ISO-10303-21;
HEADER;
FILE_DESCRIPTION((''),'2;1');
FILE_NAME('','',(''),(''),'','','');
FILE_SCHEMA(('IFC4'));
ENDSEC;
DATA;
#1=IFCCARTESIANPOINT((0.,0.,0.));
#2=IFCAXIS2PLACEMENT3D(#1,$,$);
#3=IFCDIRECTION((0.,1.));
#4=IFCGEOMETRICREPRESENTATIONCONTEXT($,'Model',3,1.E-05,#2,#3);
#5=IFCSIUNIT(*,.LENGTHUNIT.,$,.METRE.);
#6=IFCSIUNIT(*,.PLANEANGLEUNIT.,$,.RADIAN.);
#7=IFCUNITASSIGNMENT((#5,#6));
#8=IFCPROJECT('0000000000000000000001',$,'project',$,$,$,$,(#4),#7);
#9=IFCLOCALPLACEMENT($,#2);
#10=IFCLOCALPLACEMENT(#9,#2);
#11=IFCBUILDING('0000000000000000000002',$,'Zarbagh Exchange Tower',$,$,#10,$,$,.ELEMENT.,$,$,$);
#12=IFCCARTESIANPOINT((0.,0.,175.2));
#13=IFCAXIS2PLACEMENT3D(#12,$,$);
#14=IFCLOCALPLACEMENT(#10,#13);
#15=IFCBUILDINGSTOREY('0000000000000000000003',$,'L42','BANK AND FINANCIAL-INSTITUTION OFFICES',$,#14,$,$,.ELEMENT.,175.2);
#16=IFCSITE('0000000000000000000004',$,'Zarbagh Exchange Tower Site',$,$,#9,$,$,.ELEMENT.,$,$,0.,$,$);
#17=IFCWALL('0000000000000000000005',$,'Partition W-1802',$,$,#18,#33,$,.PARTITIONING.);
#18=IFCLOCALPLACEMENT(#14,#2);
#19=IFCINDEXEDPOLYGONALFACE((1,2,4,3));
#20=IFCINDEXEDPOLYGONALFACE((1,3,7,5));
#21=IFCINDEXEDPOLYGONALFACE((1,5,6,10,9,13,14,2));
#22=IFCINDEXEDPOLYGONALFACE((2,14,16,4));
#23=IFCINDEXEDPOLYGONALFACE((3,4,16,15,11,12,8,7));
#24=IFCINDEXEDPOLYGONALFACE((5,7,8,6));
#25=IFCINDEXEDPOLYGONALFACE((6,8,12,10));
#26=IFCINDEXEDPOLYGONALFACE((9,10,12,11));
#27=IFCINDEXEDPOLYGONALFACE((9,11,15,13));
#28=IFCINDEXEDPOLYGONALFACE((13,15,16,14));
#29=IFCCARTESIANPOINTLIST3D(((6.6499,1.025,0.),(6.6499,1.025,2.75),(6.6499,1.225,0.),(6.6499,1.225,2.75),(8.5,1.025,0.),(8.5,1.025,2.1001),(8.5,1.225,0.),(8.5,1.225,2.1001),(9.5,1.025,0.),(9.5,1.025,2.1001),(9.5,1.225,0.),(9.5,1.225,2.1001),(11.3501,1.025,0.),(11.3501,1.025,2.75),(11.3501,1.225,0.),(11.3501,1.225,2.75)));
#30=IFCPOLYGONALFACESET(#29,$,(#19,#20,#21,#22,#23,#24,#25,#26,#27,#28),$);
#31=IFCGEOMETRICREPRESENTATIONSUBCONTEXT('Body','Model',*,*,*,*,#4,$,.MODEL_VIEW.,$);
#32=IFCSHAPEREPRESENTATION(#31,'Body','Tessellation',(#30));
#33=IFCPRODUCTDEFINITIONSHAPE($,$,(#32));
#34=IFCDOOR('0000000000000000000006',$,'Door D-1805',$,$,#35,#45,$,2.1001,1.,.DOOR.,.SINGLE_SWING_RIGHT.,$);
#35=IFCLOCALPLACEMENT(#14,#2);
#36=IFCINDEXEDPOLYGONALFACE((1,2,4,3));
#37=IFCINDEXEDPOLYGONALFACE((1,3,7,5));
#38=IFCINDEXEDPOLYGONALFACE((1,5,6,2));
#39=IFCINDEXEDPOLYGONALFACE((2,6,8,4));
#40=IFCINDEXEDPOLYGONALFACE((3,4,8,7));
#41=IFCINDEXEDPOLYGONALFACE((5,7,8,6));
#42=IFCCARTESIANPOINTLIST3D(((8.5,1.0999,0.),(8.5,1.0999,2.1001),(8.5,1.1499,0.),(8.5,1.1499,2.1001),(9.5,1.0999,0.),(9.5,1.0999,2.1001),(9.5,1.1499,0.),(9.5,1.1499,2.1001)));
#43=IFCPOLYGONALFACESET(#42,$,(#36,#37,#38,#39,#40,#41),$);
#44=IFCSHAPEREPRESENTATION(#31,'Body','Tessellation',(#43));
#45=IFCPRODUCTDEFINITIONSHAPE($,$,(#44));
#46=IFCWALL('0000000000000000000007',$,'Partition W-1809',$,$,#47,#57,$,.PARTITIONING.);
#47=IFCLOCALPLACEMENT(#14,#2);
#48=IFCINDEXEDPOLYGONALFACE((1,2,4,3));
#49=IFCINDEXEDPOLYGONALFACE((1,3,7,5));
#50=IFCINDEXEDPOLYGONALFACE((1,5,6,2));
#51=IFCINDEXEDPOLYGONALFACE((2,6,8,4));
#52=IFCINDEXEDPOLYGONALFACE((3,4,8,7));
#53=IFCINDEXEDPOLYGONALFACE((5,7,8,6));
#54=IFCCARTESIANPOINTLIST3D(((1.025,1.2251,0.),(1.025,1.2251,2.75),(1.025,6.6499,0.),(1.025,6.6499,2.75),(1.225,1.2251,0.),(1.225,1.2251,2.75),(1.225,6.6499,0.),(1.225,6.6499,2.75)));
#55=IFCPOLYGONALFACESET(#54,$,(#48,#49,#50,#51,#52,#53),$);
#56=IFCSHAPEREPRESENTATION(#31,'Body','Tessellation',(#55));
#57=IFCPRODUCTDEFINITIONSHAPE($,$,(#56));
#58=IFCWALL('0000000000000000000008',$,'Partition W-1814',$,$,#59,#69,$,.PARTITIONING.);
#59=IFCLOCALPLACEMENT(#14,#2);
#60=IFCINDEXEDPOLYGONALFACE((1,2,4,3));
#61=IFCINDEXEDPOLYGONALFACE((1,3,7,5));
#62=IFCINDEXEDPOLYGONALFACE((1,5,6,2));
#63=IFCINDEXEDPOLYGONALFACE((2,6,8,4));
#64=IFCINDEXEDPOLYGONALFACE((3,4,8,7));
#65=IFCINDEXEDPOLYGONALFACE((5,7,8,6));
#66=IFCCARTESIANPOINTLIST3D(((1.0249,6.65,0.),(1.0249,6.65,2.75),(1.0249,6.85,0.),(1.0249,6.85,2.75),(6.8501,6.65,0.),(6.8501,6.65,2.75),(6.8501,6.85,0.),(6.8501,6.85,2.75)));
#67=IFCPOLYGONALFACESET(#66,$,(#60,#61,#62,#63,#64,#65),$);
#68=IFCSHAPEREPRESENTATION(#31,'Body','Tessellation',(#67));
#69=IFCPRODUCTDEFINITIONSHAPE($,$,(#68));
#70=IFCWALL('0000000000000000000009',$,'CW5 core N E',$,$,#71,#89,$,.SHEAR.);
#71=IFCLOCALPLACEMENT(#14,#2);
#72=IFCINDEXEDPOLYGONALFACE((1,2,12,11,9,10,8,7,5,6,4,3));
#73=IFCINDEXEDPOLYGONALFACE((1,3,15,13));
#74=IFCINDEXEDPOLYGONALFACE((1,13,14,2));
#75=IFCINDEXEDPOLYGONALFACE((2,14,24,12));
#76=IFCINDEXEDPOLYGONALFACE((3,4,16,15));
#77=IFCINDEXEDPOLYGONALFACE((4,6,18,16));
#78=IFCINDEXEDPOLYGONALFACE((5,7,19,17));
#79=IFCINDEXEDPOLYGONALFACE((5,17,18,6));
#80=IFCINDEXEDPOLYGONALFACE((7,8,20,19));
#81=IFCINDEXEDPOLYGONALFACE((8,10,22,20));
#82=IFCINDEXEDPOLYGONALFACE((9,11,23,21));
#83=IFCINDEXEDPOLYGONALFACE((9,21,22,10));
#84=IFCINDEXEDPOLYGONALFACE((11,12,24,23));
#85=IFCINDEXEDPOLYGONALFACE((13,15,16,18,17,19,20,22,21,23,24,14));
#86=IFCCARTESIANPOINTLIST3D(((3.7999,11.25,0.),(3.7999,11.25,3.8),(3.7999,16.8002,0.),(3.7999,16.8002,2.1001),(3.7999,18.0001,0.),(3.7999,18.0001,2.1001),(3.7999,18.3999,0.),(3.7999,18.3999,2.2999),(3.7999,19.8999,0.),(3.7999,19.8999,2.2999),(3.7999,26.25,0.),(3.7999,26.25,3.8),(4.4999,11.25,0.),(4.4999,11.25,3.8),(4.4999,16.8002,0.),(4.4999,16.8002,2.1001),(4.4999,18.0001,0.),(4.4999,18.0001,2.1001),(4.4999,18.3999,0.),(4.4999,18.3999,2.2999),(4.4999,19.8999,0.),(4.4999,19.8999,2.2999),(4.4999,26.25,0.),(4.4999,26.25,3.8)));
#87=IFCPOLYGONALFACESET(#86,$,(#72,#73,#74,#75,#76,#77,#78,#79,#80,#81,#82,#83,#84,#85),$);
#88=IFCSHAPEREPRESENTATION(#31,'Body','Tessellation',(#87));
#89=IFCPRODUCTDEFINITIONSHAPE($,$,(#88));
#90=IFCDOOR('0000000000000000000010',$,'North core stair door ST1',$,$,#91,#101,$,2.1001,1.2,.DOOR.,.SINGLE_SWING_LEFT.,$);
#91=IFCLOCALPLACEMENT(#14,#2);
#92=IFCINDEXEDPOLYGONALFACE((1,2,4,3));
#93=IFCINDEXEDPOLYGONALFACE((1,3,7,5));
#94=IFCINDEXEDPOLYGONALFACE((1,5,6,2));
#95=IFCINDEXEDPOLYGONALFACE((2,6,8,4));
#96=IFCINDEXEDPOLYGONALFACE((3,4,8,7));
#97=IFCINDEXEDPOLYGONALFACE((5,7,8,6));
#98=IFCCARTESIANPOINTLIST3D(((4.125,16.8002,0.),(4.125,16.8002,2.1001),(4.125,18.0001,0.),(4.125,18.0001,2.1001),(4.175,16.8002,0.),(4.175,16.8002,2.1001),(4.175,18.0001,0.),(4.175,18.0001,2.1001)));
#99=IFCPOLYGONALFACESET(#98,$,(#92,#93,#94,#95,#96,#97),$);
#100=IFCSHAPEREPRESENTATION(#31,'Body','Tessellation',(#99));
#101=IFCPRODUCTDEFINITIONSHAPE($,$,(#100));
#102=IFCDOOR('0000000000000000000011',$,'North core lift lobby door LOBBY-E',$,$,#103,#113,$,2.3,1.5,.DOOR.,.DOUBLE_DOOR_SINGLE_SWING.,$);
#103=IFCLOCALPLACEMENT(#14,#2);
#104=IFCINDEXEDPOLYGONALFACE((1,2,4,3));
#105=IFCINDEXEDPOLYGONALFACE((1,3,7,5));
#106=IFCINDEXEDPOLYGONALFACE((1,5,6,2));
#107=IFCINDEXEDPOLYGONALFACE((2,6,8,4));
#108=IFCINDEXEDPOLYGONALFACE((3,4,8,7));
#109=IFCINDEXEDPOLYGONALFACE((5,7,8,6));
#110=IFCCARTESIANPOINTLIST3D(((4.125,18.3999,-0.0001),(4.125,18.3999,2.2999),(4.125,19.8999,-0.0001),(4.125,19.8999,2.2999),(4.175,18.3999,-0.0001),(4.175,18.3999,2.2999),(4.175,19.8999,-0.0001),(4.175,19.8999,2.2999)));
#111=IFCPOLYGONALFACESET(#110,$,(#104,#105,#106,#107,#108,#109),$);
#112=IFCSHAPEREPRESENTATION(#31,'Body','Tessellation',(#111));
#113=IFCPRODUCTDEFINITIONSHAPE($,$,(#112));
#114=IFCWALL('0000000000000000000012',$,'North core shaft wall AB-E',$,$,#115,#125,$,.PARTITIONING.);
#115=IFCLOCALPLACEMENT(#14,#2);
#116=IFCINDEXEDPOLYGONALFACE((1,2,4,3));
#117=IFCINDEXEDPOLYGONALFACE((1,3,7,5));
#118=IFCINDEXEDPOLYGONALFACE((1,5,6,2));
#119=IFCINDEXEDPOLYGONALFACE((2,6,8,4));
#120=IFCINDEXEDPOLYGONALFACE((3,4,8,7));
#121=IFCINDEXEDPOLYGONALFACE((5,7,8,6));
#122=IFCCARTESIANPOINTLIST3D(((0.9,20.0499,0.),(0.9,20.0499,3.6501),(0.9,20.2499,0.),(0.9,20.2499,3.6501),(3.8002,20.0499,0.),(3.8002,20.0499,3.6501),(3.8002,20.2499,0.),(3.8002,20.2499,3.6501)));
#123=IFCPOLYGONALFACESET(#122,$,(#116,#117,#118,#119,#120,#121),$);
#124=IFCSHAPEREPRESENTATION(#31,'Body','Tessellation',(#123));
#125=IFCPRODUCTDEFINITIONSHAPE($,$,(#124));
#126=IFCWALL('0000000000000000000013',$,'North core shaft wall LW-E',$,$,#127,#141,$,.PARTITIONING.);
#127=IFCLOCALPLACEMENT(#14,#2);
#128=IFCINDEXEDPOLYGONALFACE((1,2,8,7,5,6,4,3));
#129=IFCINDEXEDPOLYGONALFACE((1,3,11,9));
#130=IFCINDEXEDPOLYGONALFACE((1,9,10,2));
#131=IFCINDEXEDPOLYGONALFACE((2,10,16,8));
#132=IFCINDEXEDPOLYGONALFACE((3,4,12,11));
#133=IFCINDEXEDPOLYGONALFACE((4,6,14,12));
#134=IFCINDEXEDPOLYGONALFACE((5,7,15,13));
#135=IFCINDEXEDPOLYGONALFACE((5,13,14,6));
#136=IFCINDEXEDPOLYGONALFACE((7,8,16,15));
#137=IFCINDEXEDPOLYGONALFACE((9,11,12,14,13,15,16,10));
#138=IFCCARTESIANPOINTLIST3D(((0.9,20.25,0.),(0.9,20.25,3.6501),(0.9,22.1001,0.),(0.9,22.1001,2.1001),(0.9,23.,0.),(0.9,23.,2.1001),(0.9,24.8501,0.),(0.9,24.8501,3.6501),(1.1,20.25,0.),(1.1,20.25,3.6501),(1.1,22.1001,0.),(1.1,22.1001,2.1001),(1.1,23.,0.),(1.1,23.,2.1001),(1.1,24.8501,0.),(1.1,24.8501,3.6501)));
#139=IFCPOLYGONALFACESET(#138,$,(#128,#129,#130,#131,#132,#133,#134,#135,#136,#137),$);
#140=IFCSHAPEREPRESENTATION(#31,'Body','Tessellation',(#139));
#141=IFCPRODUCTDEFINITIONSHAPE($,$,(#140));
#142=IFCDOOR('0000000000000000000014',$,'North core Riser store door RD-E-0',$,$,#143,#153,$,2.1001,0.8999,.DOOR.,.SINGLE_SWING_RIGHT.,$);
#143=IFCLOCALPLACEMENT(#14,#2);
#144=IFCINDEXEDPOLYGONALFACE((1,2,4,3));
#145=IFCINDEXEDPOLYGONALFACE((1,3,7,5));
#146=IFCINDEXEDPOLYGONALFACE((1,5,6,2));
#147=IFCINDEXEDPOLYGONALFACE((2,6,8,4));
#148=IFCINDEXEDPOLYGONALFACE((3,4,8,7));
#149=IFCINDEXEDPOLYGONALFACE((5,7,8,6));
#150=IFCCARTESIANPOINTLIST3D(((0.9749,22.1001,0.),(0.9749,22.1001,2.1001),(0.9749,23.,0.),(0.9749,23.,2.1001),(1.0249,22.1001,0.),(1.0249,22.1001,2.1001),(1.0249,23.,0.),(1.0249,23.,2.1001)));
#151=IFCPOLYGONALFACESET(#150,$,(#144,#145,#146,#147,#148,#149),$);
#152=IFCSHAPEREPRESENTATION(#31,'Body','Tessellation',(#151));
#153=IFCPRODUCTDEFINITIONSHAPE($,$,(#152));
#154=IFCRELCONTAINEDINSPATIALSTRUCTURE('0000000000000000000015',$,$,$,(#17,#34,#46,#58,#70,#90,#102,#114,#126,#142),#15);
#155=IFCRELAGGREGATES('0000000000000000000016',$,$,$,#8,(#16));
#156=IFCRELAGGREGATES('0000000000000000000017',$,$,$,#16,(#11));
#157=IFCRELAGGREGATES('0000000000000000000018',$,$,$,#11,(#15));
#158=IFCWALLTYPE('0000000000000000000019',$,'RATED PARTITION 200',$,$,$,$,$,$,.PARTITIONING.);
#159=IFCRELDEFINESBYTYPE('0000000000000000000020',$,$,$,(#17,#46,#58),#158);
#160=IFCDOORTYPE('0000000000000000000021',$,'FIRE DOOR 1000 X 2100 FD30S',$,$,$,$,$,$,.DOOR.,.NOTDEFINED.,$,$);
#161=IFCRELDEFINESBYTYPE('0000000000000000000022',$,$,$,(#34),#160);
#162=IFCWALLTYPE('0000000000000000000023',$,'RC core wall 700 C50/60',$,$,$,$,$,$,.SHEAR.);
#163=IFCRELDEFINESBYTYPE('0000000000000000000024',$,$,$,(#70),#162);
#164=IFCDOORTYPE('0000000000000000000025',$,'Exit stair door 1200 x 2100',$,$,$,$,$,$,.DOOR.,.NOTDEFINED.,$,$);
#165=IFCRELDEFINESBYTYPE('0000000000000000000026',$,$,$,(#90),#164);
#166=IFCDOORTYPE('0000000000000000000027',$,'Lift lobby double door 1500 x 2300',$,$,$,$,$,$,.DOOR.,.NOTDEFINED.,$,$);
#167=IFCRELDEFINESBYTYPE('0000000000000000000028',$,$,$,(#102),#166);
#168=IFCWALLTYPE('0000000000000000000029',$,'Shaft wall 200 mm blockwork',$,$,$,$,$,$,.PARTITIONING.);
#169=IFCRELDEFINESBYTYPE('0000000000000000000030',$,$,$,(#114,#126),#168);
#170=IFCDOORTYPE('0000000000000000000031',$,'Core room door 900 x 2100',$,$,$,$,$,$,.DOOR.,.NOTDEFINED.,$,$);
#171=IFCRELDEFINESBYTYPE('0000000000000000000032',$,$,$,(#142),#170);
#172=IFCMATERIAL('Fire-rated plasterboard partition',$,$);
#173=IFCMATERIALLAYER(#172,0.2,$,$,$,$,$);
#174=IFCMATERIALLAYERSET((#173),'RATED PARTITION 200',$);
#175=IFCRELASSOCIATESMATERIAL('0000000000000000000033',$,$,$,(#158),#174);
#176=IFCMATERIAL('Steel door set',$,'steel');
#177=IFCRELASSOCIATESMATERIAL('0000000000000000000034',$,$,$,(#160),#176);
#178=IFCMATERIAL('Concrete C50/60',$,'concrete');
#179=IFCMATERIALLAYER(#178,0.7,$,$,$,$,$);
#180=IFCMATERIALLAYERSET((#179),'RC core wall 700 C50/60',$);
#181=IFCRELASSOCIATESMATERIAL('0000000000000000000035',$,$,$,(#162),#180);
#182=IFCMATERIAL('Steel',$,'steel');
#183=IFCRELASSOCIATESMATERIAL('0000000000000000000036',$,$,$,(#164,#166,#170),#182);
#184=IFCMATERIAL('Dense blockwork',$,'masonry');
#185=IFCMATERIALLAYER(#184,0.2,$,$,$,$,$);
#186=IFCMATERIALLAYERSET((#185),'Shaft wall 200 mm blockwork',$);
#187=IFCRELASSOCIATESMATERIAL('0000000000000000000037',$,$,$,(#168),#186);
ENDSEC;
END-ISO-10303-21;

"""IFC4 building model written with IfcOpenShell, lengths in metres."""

from ifc_helpers import new_model, si_unit, direction, frame, frame_2d, origin, place, context, subcontext, project, spatial, rectangle, extrude, material, layer, layer_set, type_object, element, fill, save


model = new_model("IFC4")

# Units and contexts
model_context = context("Model", 3, precision=1e-05, world=origin(), true_north=direction((0.0, 1.0)))
body_context = subcontext(model_context, "Body", "Model", "MODEL_VIEW")
ifc_project = project(units=[si_unit("LENGTHUNIT", "METRE"), si_unit("PLANEANGLEUNIT", "RADIAN")], contexts=[model_context])

# Site, building, storey
site_placement = place(None, origin())
site = spatial("IfcSite", under=ifc_project, at=site_placement, Name="Zarbagh Exchange Tower Site", CompositionType="ELEMENT", RefElevation=0.0)
building_placement = place(site_placement, origin())
building = spatial("IfcBuilding", under=site, at=building_placement, Name="Zarbagh Exchange Tower", CompositionType="ELEMENT")
storey_placement = place(building_placement, frame((0.0, 0.0, 175.2)))
storey = spatial("IfcBuildingStorey", under=building, at=storey_placement, Name="L42", Description="BANK AND FINANCIAL-INSTITUTION OFFICES", CompositionType="ELEMENT", Elevation=175.2)

# Shared definitions
ifc_material_1 = material(Name="Concrete C50/60", Category="concrete")

# Wall, opening, door
ifc_material_2 = material(Name="Fire-rated plasterboard partition")
ifc_layer_1 = layer(ifc_material_2, 0.2)
ifc_layer_set_1 = layer_set([ifc_layer_1], Name="RATED PARTITION 200")
wall_type_1 = type_object("IfcWallType", Name="RATED PARTITION 200", PredefinedType="PARTITIONING", material=ifc_layer_set_1)
ifc_material_3 = material(Name="Steel door set", Category="steel")
door_type_1 = type_object("IfcDoorType", Name="FIRE DOOR 1000 X 2100 FD30S", OperationType="NOTDEFINED", PredefinedType="DOOR", material=ifc_material_3)
wall_1_placement = place(storey_placement, frame((6.6499, 1.125, 0.0), z_axis=(0.0, 0.0, 1.0), x_axis=(1.0, 0.0, 0.0)))
wall_1 = element("IfcWall", 1, at=wall_1_placement, inside=storey, type_object=wall_type_1, Name="Partition W-1802", PredefinedType="PARTITIONING", context=body_context, shape_type="SweptSolid", body=[
    extrude(rectangle(XDim=4.7002, YDim=0.2, at=frame_2d((2.3501, 0.0))), origin(), (0.0, 0.0, 1.0), 2.75),
])
opening_1_placement = place(wall_1_placement, frame((1.8501, 0.0, 0.0)))
opening_1 = element("IfcOpeningElement", 2, at=opening_1_placement, cuts=wall_1, PredefinedType="OPENING", context=body_context, shape_type="SweptSolid", body=[
    extrude(rectangle(XDim=1.0, YDim=2.1001, at=frame_2d((0.5, 1.05))), frame((0.0, 0.1099, 0.0), z_axis=(0.0, -1.0, 0.0), x_axis=(1.0, 0.0, 0.0)), (0.0, 0.0, 1.0), 0.22),
])
door_1_placement = place(opening_1_placement, origin())
door_1 = element("IfcDoor", 3, at=door_1_placement, inside=storey, type_object=door_type_1, Name="Door D-1805", OperationType="SINGLE_SWING_RIGHT", OverallHeight=2.1001, OverallWidth=1.0, PredefinedType="DOOR", context=body_context, shape_type="SweptSolid", body=[
    extrude(rectangle(XDim=1.0, YDim=2.1001, at=frame_2d((0.5, 1.05))), frame((0.0, 0.0249, 0.0), z_axis=(0.0, -1.0, 0.0), x_axis=(1.0, 0.0, 0.0)), (0.0, 0.0, 1.0), 0.05),
])
fill(opening_1, door_1)

# Walls
wall_2_placement = place(storey_placement, frame((1.125, 1.2251, 0.0), z_axis=(0.0, 0.0, 1.0), x_axis=(0.0, 1.0, 0.0)))
element("IfcWall", 4, at=wall_2_placement, inside=storey, type_object=wall_type_1, Name="Partition W-1809", PredefinedType="PARTITIONING", context=body_context, shape_type="SweptSolid", body=[
    extrude(rectangle(XDim=5.4248, YDim=0.2, at=frame_2d((2.7124, 0.0))), origin(), (0.0, 0.0, 1.0), 2.75),
])
wall_3_placement = place(storey_placement, frame((1.0249, 6.75, 0.0), z_axis=(0.0, 0.0, 1.0), x_axis=(1.0, 0.0, 0.0)))
element("IfcWall", 5, at=wall_3_placement, inside=storey, type_object=wall_type_1, Name="Partition W-1814", PredefinedType="PARTITIONING", context=body_context, shape_type="SweptSolid", body=[
    extrude(rectangle(XDim=5.8252, YDim=0.2, at=frame_2d((2.9126, 0.0))), origin(), (0.0, 0.0, 1.0), 2.75),
])

# Wall, openings, doors
ifc_layer_2 = layer(ifc_material_1, 0.7)
ifc_layer_set_2 = layer_set([ifc_layer_2], Name="RC core wall 700 C50/60")
wall_type_2 = type_object("IfcWallType", Name="RC core wall 700 C50/60", PredefinedType="SHEAR", material=ifc_layer_set_2)
wall_4_placement = place(storey_placement, frame((4.1499, 11.25, 0.0), z_axis=(0.0, 0.0, 1.0), x_axis=(0.0, 1.0, 0.0)))
wall_4 = element("IfcWall", 6, at=wall_4_placement, inside=storey, type_object=wall_type_2, Name="CW5 core N E", PredefinedType="SHEAR", context=body_context, shape_type="SweptSolid", body=[
    extrude(rectangle(XDim=15.0, YDim=0.7, at=frame_2d((7.5, 0.0))), origin(), (0.0, 0.0, 1.0), 3.8),
])
opening_2_placement = place(wall_4_placement, frame((7.1499, 0.0, 0.0)))
opening_2 = element("IfcOpeningElement", 7, at=opening_2_placement, cuts=wall_4, PredefinedType="OPENING", context=body_context, shape_type="SweptSolid", body=[
    extrude(rectangle(XDim=1.5, YDim=2.3, at=frame_2d((0.75, 1.1499))), frame((0.0, 0.3599, 0.0), z_axis=(0.0, -1.0, 0.0), x_axis=(1.0, 0.0, 0.0)), (0.0, 0.0, 1.0), 0.72),
])
opening_3_placement = place(wall_4_placement, frame((5.55, 0.0, 0.0)))
opening_3 = element("IfcOpeningElement", 8, at=opening_3_placement, cuts=wall_4, PredefinedType="OPENING", context=body_context, shape_type="SweptSolid", body=[
    extrude(rectangle(XDim=1.2, YDim=2.1001, at=frame_2d((0.6001, 1.05))), frame((0.0, 0.3599, 0.0), z_axis=(0.0, -1.0, 0.0), x_axis=(1.0, 0.0, 0.0)), (0.0, 0.0, 1.0), 0.72),
])
ifc_material_4 = material(Name="Steel", Category="steel")
door_type_2 = type_object("IfcDoorType", Name="Exit stair door 1200 x 2100", OperationType="NOTDEFINED", PredefinedType="DOOR", material=ifc_material_4)
door_2_placement = place(opening_3_placement, origin())
door_2 = element("IfcDoor", 9, at=door_2_placement, inside=storey, type_object=door_type_2, Name="North core stair door ST1", OperationType="SINGLE_SWING_LEFT", OverallHeight=2.1001, OverallWidth=1.2, PredefinedType="DOOR", context=body_context, shape_type="SweptSolid", body=[
    extrude(rectangle(XDim=1.2, YDim=2.1001, at=frame_2d((0.6001, 1.05))), frame((0.0, 0.0249, 0.0), z_axis=(0.0, -1.0, 0.0), x_axis=(1.0, 0.0, 0.0)), (0.0, 0.0, 1.0), 0.05),
])
fill(opening_3, door_2)
door_type_3 = type_object("IfcDoorType", Name="Lift lobby double door 1500 x 2300", OperationType="NOTDEFINED", PredefinedType="DOOR", material=ifc_material_4)
door_3_placement = place(opening_2_placement, origin())
door_3 = element("IfcDoor", 10, at=door_3_placement, inside=storey, type_object=door_type_3, Name="North core lift lobby door LOBBY-E", OperationType="DOUBLE_DOOR_SINGLE_SWING", OverallHeight=2.3, OverallWidth=1.5, PredefinedType="DOOR", context=body_context, shape_type="SweptSolid", body=[
    extrude(rectangle(XDim=1.5, YDim=2.3, at=frame_2d((0.75, 1.1499))), frame((0.0, 0.0249, 0.0), z_axis=(0.0, -1.0, 0.0), x_axis=(1.0, 0.0, 0.0)), (0.0, 0.0, 1.0), 0.05),
])
fill(opening_2, door_3)

# Wall
ifc_material_5 = material(Name="Dense blockwork", Category="masonry")
ifc_layer_3 = layer(ifc_material_5, 0.2)
ifc_layer_set_3 = layer_set([ifc_layer_3], Name="Shaft wall 200 mm blockwork")
wall_type_3 = type_object("IfcWallType", Name="Shaft wall 200 mm blockwork", PredefinedType="PARTITIONING", material=ifc_layer_set_3)
wall_5_placement = place(storey_placement, frame((0.8999, 20.1499, 0.0), z_axis=(0.0, 0.0, 1.0), x_axis=(1.0, 0.0, 0.0)))
element("IfcWall", 11, at=wall_5_placement, inside=storey, type_object=wall_type_3, Name="North core shaft wall AB-E", PredefinedType="PARTITIONING", context=body_context, shape_type="SweptSolid", body=[
    extrude(rectangle(XDim=2.9001, YDim=0.2, at=frame_2d((1.4502, 0.0))), origin(), (0.0, 0.0, 1.0), 3.6501),
])

# Wall, opening, door
wall_6_placement = place(storey_placement, frame((1.0, 24.8501, 0.0), z_axis=(0.0, 0.0, 1.0), x_axis=(0.0, -1.0, 0.0)))
wall_6 = element("IfcWall", 12, at=wall_6_placement, inside=storey, type_object=wall_type_3, Name="North core shaft wall LW-E", PredefinedType="PARTITIONING", context=body_context, shape_type="SweptSolid", body=[
    extrude(rectangle(XDim=4.6001, YDim=0.2, at=frame_2d((2.3, 0.0))), origin(), (0.0, 0.0, 1.0), 3.6501),
])
opening_4_placement = place(wall_6_placement, frame((1.8501, 0.0, 0.0)))
opening_4 = element("IfcOpeningElement", 13, at=opening_4_placement, cuts=wall_6, PredefinedType="OPENING", context=body_context, shape_type="SweptSolid", body=[
    extrude(rectangle(XDim=0.8999, YDim=2.1001, at=frame_2d((0.45, 1.05))), frame((0.0, 0.1099, 0.0), z_axis=(0.0, -1.0, 0.0), x_axis=(1.0, 0.0, 0.0)), (0.0, 0.0, 1.0), 0.22),
])
door_type_4 = type_object("IfcDoorType", Name="Core room door 900 x 2100", OperationType="NOTDEFINED", PredefinedType="DOOR", material=ifc_material_4)
door_4_placement = place(opening_4_placement, origin())
door_4 = element("IfcDoor", 14, at=door_4_placement, inside=storey, type_object=door_type_4, Name="North core Riser store door RD-E-0", OperationType="SINGLE_SWING_RIGHT", OverallHeight=2.1001, OverallWidth=0.8999, PredefinedType="DOOR", context=body_context, shape_type="SweptSolid", body=[
    extrude(rectangle(XDim=0.8999, YDim=2.1001, at=frame_2d((0.45, 1.05))), frame((0.0, 0.0249, 0.0), z_axis=(0.0, -1.0, 0.0), x_axis=(1.0, 0.0, 0.0)), (0.0, 0.0, 1.0), 0.05),
])
fill(opening_4, door_4)

save(model, "model.ifc")
